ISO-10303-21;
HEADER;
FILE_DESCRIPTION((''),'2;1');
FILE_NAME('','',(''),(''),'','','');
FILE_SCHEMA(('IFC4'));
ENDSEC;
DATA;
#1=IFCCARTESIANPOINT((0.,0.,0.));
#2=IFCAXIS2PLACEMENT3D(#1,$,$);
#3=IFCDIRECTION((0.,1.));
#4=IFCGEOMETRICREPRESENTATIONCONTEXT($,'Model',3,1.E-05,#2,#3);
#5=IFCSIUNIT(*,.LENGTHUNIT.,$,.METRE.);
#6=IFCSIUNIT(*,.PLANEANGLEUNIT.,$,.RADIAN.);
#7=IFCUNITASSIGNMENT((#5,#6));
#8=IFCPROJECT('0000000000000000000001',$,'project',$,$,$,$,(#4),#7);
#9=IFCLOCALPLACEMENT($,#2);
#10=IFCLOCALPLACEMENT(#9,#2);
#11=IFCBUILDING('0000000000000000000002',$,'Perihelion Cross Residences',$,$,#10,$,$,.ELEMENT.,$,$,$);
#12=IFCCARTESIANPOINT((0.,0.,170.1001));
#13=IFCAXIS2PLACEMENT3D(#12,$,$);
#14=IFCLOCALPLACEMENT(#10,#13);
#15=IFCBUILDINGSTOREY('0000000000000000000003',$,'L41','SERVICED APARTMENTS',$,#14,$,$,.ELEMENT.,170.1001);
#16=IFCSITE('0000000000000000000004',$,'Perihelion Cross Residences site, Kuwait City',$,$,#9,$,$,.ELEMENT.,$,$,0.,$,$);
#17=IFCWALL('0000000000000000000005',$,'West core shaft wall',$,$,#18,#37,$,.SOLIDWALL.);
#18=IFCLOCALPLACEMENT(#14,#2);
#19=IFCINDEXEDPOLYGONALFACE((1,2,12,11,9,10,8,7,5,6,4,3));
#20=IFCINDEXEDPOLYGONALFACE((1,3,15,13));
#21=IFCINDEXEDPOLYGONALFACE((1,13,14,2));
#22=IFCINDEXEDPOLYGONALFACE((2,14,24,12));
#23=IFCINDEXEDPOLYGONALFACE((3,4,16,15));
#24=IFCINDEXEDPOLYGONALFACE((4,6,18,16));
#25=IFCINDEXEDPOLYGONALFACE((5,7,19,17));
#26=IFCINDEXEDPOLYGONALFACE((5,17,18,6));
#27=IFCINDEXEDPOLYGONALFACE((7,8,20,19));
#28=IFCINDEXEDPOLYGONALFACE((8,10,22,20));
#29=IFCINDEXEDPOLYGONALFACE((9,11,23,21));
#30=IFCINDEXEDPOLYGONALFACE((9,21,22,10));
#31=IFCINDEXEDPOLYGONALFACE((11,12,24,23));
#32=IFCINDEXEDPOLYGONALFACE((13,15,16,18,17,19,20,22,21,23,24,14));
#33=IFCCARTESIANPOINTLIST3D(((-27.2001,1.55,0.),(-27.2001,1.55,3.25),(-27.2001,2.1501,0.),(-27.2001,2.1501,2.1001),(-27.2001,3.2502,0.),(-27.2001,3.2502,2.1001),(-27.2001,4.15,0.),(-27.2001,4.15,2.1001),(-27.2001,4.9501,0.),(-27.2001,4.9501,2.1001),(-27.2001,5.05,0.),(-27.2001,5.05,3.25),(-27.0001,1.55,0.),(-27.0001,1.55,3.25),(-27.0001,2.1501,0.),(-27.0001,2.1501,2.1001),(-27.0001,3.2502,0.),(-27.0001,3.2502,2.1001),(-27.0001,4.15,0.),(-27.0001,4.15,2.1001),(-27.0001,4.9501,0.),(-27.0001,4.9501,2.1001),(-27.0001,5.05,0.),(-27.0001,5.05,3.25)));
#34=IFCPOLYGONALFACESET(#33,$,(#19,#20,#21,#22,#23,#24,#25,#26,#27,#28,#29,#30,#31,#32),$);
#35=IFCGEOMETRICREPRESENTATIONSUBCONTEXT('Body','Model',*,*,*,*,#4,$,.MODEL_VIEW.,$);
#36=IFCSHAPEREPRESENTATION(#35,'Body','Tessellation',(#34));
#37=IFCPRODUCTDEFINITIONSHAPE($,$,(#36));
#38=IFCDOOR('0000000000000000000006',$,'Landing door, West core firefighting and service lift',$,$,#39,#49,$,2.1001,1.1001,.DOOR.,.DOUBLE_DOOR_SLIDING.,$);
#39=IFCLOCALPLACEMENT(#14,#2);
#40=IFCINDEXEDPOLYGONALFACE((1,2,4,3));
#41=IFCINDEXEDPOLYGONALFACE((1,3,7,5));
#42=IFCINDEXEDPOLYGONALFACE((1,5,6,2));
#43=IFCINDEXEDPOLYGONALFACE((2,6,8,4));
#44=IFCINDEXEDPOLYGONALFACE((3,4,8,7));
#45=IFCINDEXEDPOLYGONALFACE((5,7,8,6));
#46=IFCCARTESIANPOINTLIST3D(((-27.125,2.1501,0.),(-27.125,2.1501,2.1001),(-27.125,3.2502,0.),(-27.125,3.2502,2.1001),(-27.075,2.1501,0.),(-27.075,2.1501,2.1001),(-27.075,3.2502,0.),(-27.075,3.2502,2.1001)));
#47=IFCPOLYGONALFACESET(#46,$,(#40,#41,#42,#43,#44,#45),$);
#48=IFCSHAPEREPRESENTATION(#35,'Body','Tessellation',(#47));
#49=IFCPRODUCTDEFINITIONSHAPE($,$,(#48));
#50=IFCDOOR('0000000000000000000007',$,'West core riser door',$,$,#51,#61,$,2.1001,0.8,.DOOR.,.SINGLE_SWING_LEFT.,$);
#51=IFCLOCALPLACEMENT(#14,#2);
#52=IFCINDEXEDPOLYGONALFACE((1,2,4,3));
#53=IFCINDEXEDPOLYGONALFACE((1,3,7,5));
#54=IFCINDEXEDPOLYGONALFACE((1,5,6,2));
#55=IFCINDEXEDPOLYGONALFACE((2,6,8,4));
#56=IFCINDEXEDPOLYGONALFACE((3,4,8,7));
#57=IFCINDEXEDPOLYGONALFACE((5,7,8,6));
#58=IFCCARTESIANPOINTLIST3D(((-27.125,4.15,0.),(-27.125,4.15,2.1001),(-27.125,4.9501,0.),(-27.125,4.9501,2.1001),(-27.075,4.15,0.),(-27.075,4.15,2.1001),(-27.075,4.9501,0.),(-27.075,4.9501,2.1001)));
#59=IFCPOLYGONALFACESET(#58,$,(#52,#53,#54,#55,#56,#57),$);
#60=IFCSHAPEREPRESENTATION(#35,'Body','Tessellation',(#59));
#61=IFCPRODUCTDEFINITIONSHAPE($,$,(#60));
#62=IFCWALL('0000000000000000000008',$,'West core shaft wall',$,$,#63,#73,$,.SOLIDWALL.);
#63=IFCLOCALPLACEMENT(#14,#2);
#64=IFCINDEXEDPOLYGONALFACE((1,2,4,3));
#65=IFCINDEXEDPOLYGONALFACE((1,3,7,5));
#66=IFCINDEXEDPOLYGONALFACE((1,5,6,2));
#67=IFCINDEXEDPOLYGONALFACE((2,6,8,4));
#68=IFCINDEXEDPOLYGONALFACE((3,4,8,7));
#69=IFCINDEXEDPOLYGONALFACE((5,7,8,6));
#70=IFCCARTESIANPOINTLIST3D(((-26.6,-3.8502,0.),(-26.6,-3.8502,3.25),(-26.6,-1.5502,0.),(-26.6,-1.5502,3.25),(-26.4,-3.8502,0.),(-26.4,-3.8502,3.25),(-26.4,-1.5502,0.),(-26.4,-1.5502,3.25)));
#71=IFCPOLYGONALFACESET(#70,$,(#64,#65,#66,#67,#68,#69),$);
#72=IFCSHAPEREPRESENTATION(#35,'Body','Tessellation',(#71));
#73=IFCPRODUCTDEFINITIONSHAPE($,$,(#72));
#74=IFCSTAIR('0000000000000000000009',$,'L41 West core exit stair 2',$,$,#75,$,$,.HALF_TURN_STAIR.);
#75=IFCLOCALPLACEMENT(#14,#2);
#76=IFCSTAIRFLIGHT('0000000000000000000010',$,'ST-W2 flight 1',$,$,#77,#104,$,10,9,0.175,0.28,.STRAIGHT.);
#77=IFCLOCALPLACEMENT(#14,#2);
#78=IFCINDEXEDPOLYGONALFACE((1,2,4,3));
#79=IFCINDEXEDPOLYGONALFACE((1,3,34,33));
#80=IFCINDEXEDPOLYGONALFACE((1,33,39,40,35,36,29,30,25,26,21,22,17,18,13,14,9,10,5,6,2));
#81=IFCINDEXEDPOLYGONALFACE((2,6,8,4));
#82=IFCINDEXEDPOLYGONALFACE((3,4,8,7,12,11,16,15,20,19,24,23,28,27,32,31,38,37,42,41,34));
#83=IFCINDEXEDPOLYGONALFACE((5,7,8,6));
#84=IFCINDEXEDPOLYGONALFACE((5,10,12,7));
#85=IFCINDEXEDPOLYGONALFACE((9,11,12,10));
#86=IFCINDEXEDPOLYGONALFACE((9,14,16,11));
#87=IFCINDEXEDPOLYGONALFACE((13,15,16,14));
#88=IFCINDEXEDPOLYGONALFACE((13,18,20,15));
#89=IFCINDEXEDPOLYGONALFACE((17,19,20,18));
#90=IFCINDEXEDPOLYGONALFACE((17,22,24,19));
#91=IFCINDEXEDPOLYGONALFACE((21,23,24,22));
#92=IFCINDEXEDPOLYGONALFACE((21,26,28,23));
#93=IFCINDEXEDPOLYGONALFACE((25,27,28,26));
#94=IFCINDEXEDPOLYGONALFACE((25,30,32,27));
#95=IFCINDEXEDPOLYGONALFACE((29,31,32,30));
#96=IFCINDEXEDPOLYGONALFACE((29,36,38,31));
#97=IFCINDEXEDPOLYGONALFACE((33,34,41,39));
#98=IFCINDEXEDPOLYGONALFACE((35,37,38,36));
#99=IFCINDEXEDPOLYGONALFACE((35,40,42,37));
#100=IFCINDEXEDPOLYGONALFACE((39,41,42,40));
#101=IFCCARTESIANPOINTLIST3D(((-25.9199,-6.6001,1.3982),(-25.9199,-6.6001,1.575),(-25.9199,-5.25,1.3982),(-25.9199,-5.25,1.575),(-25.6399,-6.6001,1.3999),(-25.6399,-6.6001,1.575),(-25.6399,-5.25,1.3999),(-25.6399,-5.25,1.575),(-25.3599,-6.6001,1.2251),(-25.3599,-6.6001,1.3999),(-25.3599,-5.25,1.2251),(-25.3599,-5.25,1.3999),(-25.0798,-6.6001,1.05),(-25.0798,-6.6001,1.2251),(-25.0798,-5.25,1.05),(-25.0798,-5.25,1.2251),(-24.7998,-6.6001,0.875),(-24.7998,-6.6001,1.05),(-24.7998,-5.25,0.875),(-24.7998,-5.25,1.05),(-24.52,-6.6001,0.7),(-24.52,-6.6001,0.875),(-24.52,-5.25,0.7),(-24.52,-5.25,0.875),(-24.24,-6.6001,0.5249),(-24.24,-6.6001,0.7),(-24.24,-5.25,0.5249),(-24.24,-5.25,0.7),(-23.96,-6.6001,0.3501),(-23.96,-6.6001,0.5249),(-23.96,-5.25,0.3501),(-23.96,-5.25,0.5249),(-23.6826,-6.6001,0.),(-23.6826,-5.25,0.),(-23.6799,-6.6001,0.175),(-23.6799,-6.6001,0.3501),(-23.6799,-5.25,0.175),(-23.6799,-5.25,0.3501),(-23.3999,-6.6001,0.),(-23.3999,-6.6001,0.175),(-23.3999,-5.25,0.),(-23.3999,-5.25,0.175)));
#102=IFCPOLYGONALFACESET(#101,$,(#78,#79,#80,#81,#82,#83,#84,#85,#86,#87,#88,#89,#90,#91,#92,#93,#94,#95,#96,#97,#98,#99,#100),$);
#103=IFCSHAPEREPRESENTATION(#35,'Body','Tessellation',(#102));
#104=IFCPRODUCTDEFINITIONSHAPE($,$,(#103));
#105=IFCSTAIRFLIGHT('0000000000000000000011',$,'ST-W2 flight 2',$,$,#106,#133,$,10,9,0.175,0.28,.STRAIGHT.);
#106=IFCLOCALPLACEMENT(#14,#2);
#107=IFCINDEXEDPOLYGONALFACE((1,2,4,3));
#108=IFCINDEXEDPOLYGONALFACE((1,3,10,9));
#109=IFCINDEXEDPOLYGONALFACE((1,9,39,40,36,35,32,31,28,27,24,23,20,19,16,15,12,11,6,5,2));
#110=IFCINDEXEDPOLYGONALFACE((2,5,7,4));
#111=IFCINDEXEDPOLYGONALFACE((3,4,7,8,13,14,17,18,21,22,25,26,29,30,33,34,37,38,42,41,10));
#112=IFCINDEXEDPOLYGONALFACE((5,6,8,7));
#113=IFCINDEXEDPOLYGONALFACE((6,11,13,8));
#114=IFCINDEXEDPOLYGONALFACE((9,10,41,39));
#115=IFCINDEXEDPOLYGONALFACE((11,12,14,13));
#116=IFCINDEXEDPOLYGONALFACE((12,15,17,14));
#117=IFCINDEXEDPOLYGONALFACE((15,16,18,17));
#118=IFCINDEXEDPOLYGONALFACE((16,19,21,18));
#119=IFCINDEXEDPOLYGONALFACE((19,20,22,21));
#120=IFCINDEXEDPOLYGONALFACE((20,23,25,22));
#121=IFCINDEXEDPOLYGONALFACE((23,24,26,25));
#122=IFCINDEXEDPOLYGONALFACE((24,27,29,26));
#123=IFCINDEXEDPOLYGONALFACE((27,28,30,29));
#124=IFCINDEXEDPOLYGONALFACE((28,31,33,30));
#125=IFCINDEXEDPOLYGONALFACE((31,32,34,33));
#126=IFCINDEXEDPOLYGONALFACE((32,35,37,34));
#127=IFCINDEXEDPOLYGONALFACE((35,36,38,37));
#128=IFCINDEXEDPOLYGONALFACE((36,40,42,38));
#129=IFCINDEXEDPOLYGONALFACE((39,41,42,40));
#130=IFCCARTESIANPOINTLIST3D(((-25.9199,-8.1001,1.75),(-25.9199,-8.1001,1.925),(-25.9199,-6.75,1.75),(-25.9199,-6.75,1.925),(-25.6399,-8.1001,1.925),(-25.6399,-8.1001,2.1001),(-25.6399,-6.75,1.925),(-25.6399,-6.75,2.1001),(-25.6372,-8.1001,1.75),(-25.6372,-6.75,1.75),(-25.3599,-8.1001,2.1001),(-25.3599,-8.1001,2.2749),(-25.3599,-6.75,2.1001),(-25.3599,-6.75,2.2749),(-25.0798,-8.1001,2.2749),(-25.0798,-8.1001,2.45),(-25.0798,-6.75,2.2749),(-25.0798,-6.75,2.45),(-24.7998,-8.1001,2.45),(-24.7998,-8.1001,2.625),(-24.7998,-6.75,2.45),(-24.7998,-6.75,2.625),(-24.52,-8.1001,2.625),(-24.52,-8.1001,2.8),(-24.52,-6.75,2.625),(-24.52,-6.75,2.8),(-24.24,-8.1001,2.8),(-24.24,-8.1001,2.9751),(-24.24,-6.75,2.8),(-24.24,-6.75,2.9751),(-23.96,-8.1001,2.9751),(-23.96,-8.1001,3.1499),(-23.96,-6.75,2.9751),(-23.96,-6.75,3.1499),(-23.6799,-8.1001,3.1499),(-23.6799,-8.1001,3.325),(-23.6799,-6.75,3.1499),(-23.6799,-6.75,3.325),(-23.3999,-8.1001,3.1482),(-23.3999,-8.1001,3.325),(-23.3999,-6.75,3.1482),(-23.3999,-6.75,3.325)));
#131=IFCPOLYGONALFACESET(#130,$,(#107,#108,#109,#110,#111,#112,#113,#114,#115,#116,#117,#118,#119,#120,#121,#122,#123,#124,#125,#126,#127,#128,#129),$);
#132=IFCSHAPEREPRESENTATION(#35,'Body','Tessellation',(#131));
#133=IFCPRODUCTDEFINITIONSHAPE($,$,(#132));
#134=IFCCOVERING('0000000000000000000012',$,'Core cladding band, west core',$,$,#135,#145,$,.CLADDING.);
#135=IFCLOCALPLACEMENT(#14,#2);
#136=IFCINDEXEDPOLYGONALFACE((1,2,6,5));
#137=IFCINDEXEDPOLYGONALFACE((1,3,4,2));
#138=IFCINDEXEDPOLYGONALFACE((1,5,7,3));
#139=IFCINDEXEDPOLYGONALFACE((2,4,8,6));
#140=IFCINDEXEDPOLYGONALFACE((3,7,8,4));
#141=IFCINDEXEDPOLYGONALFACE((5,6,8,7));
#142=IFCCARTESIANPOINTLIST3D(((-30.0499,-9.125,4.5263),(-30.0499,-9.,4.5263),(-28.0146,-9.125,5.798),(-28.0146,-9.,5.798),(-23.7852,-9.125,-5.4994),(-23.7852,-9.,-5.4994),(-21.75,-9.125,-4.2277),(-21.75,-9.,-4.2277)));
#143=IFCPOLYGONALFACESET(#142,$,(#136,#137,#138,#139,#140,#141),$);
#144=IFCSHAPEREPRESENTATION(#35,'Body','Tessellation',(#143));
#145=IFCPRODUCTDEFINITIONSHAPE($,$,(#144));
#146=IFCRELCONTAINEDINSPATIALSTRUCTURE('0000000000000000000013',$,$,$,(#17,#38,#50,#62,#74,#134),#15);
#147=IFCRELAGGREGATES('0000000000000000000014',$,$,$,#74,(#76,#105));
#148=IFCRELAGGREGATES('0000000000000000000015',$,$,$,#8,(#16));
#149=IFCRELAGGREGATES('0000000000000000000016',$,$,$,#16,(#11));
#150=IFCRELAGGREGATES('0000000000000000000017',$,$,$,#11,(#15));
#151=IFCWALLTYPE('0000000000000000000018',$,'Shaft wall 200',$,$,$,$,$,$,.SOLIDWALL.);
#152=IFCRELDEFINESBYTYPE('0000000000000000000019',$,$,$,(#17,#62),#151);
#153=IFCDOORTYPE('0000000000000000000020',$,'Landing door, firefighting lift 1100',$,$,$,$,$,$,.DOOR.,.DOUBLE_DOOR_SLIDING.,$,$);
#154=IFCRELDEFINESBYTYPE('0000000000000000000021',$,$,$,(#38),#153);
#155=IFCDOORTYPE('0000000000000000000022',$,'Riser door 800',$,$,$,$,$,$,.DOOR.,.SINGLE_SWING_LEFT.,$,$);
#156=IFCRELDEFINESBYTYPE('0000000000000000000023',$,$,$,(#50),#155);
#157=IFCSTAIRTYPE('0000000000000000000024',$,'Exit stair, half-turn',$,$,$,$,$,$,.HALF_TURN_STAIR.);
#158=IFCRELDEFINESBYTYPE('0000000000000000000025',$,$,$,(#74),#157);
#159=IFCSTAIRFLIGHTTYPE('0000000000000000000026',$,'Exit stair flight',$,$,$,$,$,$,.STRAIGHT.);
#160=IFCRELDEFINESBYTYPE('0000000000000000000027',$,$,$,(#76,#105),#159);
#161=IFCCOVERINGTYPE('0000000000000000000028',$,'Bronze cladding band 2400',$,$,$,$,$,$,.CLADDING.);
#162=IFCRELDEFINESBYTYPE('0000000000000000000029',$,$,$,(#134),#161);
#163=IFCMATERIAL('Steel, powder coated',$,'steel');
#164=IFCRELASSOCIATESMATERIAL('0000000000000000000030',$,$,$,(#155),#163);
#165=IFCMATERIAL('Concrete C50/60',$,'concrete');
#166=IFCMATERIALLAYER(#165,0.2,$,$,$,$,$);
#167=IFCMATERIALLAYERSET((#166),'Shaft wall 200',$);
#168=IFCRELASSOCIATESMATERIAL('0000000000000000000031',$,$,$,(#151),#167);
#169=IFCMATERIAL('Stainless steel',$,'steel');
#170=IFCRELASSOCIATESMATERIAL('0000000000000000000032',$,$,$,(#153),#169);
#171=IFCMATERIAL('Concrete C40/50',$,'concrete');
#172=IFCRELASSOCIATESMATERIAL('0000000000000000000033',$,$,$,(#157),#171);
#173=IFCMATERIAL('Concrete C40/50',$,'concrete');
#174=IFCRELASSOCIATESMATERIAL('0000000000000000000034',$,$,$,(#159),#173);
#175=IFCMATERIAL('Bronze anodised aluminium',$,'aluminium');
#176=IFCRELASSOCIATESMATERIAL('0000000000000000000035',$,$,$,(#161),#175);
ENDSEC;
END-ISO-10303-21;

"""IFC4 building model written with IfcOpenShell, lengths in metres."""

from ifc_helpers import new_model, si_unit, direction, frame, frame_2d, origin, origin_2d, place, context, subcontext, project, spatial, polyline, rectangle, outline, extrude, material, layer, layer_set, material_profile, profile_set, type_object, element, fill, aggregate, save


model = new_model("IFC4")

# Units and contexts
model_context = context("Model", 3, precision=1e-05, world=origin(), true_north=direction((0.0, 1.0)))
body_context = subcontext(model_context, "Body", "Model", "MODEL_VIEW")
ifc_project = project(units=[si_unit("LENGTHUNIT", "METRE"), si_unit("PLANEANGLEUNIT", "RADIAN")], contexts=[model_context])

# Site, building, storey
site_placement = place(None, origin())
site = spatial("IfcSite", under=ifc_project, at=site_placement, Name="Perihelion Cross Residences site, Kuwait City", CompositionType="ELEMENT", RefElevation=0.0)
building_placement = place(site_placement, origin())
building = spatial("IfcBuilding", under=site, at=building_placement, Name="Perihelion Cross Residences", CompositionType="ELEMENT")
storey_placement = place(building_placement, frame((0.0, 0.0, 170.1001)))
storey = spatial("IfcBuildingStorey", under=building, at=storey_placement, Name="L41", Description="SERVICED APARTMENTS", CompositionType="ELEMENT", Elevation=170.1001)

# Shared definitions
ifc_material_1 = material(Name="Steel, powder coated", Category="steel")
door_type_1 = type_object("IfcDoorType", Name="Riser door 800", OperationType="SINGLE_SWING_LEFT", PredefinedType="DOOR", material=ifc_material_1)

# Wall, openings, doors
ifc_material_2 = material(Name="Concrete C50/60", Category="concrete")
ifc_layer_1 = layer(ifc_material_2, 0.2)
ifc_layer_set_1 = layer_set([ifc_layer_1], Name="Shaft wall 200")
wall_type_1 = type_object("IfcWallType", Name="Shaft wall 200", PredefinedType="SOLIDWALL", material=ifc_layer_set_1)
wall_1_placement = place(storey_placement, frame((-27.1001, 1.55, 0.0), z_axis=(0.0, 0.0, 1.0), x_axis=(0.0, 1.0, 0.0)))
wall_1 = element("IfcWall", 1, at=wall_1_placement, inside=storey, type_object=wall_type_1, Name="West core shaft wall", PredefinedType="SOLIDWALL", context=body_context, shape_type="SweptSolid", body=[
    extrude(rectangle(XDim=3.5, YDim=0.2, at=frame_2d((1.75, 0.0))), origin(), (0.0, 0.0, 1.0), 3.25),
])
opening_1_placement = place(wall_1_placement, frame((0.6001, 0.0, 0.0)))
opening_1 = element("IfcOpeningElement", 2, at=opening_1_placement, cuts=wall_1, PredefinedType="OPENING", context=body_context, shape_type="SweptSolid", body=[
    extrude(rectangle(XDim=1.1001, YDim=2.1001, at=frame_2d((0.55, 1.05))), frame((0.0, 0.1099, 0.0), z_axis=(0.0, -1.0, 0.0), x_axis=(1.0, 0.0, 0.0)), (0.0, 0.0, 1.0), 0.22),
])
opening_2_placement = place(wall_1_placement, frame((2.6001, 0.0, 0.0)))
opening_2 = element("IfcOpeningElement", 3, at=opening_2_placement, cuts=wall_1, PredefinedType="OPENING", context=body_context, shape_type="SweptSolid", body=[
    extrude(rectangle(XDim=0.8, YDim=2.1001, at=frame_2d((0.3999, 1.05))), frame((0.0, 0.1099, 0.0), z_axis=(0.0, -1.0, 0.0), x_axis=(1.0, 0.0, 0.0)), (0.0, 0.0, 1.0), 0.22),
])
ifc_material_3 = material(Name="Stainless steel", Category="steel")
door_type_2 = type_object("IfcDoorType", Name="Landing door, firefighting lift 1100", OperationType="DOUBLE_DOOR_SLIDING", PredefinedType="DOOR", material=ifc_material_3)
door_1_placement = place(opening_1_placement, origin())
door_1 = element("IfcDoor", 4, at=door_1_placement, inside=storey, type_object=door_type_2, Name="Landing door, West core firefighting and service lift", OperationType="DOUBLE_DOOR_SLIDING", OverallHeight=2.1001, OverallWidth=1.1001, PredefinedType="DOOR", context=body_context, shape_type="SweptSolid", body=[
    extrude(rectangle(XDim=1.1001, YDim=2.1001, at=frame_2d((0.55, 1.05))), frame((0.0, 0.0249, 0.0), z_axis=(0.0, -1.0, 0.0), x_axis=(1.0, 0.0, 0.0)), (0.0, 0.0, 1.0), 0.05),
])
fill(opening_1, door_1)
door_2_placement = place(opening_2_placement, origin())
door_2 = element("IfcDoor", 5, at=door_2_placement, inside=storey, type_object=door_type_1, Name="West core riser door", OperationType="SINGLE_SWING_LEFT", OverallHeight=2.1001, OverallWidth=0.8, PredefinedType="DOOR", context=body_context, shape_type="SweptSolid", body=[
    extrude(rectangle(XDim=0.8, YDim=2.1001, at=frame_2d((0.3999, 1.05))), frame((0.0, 0.0249, 0.0), z_axis=(0.0, -1.0, 0.0), x_axis=(1.0, 0.0, 0.0)), (0.0, 0.0, 1.0), 0.05),
])
fill(opening_2, door_2)

# Wall
wall_2_placement = place(storey_placement, frame((-26.5, -3.8501, 0.0), z_axis=(0.0, 0.0, 1.0), x_axis=(0.0, 1.0, 0.0)))
element("IfcWall", 6, at=wall_2_placement, inside=storey, type_object=wall_type_1, Name="West core shaft wall", PredefinedType="SOLIDWALL", context=body_context, shape_type="SweptSolid", body=[
    extrude(rectangle(XDim=2.3, YDim=0.2, at=frame_2d((1.1499, 0.0))), origin(), (0.0, 0.0, 1.0), 3.25),
])

# Stair, stair flights
ifc_material_4 = material(Name="Concrete C40/50", Category="concrete")
stair_type = type_object("IfcStairType", Name="Exit stair, half-turn", PredefinedType="HALF_TURN_STAIR", material=ifc_material_4)
stair_placement = place(storey_placement, origin())
stair = element("IfcStair", 7, at=stair_placement, inside=storey, type_object=stair_type, Name="L41 West core exit stair 2", PredefinedType="HALF_TURN_STAIR")
ifc_material_5 = material(Name="Concrete C40/50", Category="concrete")
stair_flight_type = type_object("IfcStairFlightType", Name="Exit stair flight", PredefinedType="STRAIGHT", material=ifc_material_5)
stair_flight_1_placement = place(storey_placement, frame((-23.3999, -5.925, 0.0), z_axis=(0.0, 0.0, 1.0), x_axis=(-1.0, 0.0, 0.0)))
stair_flight_1 = element("IfcStairFlight", 8, at=stair_flight_1_placement, type_object=stair_flight_type, Name="ST-W2 flight 1", NumberOfRisers=10, NumberOfTreads=9, PredefinedType="STRAIGHT", RiserHeight=0.175, TreadLength=0.28, context=body_context, shape_type="SweptSolid", body=[
    extrude(outline(polyline([(0.0, 0.0), (0.0, 0.175), (0.28, 0.175), (0.28, 0.3501), (0.5601, 0.3501), (0.5601, 0.5249), (0.8401, 0.5249), (0.8401, 0.7), (1.1201, 0.7), (1.1201, 0.875), (1.3999, 0.875), (1.3999, 1.05), (1.6799, 1.05), (1.6799, 1.2251), (1.96, 1.2251), (1.96, 1.3999), (2.24, 1.3999), (2.24, 1.575), (2.52, 1.575), (2.52, 1.75), (2.52, 1.3982), (0.2827, 0.0), (0.0, 0.0)])), frame((0.0, 0.675, 0.0), z_axis=(0.0, -1.0, 0.0), x_axis=(1.0, 0.0, 0.0)), (0.0, 0.0, 1.0), 1.3501),
])
stair_flight_2_placement = place(storey_placement, frame((-25.9199, -7.425, 1.75), z_axis=(0.0, 0.0, 1.0), x_axis=(1.0, 0.0, 0.0)))
stair_flight_2 = element("IfcStairFlight", 9, at=stair_flight_2_placement, type_object=stair_flight_type, Name="ST-W2 flight 2", NumberOfRisers=10, NumberOfTreads=9, PredefinedType="STRAIGHT", RiserHeight=0.175, TreadLength=0.28, context=body_context, shape_type="SweptSolid", body=[
    extrude(outline(polyline([(0.0, 0.0), (0.0, 0.175), (0.28, 0.175), (0.28, 0.3501), (0.5601, 0.3501), (0.5601, 0.5249), (0.8401, 0.5249), (0.8401, 0.7), (1.1201, 0.7), (1.1201, 0.875), (1.3999, 0.875), (1.3999, 1.05), (1.6799, 1.05), (1.6799, 1.2251), (1.96, 1.2251), (1.96, 1.3999), (2.24, 1.3999), (2.24, 1.575), (2.52, 1.575), (2.52, 1.75), (2.52, 1.3982), (0.2827, 0.0), (0.0, 0.0)])), frame((0.0, 0.675, 0.0), z_axis=(0.0, -1.0, 0.0), x_axis=(1.0, 0.0, 0.0)), (0.0, 0.0, 1.0), 1.3501),
])
aggregate(stair, [stair_flight_1, stair_flight_2])

# Covering
ifc_material_6 = material(Name="Bronze anodised aluminium", Category="aluminium")
ifc_material_profile = material_profile(ifc_material_6, rectangle(XDim=0.125, YDim=2.3999, at=origin_2d()), Name="Bronze cladding band 2400")
ifc_profile_set = profile_set([ifc_material_profile], Name="Bronze anodised aluminium")
covering_type = type_object("IfcCoveringType", Name="Bronze cladding band 2400", PredefinedType="CLADDING", material=ifc_profile_set)
covering_placement = place(storey_placement, frame((-22.7676, -9.0625, -4.8635), z_axis=(-0.529915, 0.0, 0.848051), x_axis=(0.0, -1.0, 0.0)))
element("IfcCovering", 10, at=covering_placement, inside=storey, type_object=covering_type, Name="Core cladding band, west core", PredefinedType="CLADDING", context=body_context, shape_type="SweptSolid", body=[
    extrude(rectangle(XDim=0.125, YDim=2.3999, at=origin_2d()), origin(), (0.0, 0.0, 1.0), 11.822),
])

save(model, "model.ifc")
